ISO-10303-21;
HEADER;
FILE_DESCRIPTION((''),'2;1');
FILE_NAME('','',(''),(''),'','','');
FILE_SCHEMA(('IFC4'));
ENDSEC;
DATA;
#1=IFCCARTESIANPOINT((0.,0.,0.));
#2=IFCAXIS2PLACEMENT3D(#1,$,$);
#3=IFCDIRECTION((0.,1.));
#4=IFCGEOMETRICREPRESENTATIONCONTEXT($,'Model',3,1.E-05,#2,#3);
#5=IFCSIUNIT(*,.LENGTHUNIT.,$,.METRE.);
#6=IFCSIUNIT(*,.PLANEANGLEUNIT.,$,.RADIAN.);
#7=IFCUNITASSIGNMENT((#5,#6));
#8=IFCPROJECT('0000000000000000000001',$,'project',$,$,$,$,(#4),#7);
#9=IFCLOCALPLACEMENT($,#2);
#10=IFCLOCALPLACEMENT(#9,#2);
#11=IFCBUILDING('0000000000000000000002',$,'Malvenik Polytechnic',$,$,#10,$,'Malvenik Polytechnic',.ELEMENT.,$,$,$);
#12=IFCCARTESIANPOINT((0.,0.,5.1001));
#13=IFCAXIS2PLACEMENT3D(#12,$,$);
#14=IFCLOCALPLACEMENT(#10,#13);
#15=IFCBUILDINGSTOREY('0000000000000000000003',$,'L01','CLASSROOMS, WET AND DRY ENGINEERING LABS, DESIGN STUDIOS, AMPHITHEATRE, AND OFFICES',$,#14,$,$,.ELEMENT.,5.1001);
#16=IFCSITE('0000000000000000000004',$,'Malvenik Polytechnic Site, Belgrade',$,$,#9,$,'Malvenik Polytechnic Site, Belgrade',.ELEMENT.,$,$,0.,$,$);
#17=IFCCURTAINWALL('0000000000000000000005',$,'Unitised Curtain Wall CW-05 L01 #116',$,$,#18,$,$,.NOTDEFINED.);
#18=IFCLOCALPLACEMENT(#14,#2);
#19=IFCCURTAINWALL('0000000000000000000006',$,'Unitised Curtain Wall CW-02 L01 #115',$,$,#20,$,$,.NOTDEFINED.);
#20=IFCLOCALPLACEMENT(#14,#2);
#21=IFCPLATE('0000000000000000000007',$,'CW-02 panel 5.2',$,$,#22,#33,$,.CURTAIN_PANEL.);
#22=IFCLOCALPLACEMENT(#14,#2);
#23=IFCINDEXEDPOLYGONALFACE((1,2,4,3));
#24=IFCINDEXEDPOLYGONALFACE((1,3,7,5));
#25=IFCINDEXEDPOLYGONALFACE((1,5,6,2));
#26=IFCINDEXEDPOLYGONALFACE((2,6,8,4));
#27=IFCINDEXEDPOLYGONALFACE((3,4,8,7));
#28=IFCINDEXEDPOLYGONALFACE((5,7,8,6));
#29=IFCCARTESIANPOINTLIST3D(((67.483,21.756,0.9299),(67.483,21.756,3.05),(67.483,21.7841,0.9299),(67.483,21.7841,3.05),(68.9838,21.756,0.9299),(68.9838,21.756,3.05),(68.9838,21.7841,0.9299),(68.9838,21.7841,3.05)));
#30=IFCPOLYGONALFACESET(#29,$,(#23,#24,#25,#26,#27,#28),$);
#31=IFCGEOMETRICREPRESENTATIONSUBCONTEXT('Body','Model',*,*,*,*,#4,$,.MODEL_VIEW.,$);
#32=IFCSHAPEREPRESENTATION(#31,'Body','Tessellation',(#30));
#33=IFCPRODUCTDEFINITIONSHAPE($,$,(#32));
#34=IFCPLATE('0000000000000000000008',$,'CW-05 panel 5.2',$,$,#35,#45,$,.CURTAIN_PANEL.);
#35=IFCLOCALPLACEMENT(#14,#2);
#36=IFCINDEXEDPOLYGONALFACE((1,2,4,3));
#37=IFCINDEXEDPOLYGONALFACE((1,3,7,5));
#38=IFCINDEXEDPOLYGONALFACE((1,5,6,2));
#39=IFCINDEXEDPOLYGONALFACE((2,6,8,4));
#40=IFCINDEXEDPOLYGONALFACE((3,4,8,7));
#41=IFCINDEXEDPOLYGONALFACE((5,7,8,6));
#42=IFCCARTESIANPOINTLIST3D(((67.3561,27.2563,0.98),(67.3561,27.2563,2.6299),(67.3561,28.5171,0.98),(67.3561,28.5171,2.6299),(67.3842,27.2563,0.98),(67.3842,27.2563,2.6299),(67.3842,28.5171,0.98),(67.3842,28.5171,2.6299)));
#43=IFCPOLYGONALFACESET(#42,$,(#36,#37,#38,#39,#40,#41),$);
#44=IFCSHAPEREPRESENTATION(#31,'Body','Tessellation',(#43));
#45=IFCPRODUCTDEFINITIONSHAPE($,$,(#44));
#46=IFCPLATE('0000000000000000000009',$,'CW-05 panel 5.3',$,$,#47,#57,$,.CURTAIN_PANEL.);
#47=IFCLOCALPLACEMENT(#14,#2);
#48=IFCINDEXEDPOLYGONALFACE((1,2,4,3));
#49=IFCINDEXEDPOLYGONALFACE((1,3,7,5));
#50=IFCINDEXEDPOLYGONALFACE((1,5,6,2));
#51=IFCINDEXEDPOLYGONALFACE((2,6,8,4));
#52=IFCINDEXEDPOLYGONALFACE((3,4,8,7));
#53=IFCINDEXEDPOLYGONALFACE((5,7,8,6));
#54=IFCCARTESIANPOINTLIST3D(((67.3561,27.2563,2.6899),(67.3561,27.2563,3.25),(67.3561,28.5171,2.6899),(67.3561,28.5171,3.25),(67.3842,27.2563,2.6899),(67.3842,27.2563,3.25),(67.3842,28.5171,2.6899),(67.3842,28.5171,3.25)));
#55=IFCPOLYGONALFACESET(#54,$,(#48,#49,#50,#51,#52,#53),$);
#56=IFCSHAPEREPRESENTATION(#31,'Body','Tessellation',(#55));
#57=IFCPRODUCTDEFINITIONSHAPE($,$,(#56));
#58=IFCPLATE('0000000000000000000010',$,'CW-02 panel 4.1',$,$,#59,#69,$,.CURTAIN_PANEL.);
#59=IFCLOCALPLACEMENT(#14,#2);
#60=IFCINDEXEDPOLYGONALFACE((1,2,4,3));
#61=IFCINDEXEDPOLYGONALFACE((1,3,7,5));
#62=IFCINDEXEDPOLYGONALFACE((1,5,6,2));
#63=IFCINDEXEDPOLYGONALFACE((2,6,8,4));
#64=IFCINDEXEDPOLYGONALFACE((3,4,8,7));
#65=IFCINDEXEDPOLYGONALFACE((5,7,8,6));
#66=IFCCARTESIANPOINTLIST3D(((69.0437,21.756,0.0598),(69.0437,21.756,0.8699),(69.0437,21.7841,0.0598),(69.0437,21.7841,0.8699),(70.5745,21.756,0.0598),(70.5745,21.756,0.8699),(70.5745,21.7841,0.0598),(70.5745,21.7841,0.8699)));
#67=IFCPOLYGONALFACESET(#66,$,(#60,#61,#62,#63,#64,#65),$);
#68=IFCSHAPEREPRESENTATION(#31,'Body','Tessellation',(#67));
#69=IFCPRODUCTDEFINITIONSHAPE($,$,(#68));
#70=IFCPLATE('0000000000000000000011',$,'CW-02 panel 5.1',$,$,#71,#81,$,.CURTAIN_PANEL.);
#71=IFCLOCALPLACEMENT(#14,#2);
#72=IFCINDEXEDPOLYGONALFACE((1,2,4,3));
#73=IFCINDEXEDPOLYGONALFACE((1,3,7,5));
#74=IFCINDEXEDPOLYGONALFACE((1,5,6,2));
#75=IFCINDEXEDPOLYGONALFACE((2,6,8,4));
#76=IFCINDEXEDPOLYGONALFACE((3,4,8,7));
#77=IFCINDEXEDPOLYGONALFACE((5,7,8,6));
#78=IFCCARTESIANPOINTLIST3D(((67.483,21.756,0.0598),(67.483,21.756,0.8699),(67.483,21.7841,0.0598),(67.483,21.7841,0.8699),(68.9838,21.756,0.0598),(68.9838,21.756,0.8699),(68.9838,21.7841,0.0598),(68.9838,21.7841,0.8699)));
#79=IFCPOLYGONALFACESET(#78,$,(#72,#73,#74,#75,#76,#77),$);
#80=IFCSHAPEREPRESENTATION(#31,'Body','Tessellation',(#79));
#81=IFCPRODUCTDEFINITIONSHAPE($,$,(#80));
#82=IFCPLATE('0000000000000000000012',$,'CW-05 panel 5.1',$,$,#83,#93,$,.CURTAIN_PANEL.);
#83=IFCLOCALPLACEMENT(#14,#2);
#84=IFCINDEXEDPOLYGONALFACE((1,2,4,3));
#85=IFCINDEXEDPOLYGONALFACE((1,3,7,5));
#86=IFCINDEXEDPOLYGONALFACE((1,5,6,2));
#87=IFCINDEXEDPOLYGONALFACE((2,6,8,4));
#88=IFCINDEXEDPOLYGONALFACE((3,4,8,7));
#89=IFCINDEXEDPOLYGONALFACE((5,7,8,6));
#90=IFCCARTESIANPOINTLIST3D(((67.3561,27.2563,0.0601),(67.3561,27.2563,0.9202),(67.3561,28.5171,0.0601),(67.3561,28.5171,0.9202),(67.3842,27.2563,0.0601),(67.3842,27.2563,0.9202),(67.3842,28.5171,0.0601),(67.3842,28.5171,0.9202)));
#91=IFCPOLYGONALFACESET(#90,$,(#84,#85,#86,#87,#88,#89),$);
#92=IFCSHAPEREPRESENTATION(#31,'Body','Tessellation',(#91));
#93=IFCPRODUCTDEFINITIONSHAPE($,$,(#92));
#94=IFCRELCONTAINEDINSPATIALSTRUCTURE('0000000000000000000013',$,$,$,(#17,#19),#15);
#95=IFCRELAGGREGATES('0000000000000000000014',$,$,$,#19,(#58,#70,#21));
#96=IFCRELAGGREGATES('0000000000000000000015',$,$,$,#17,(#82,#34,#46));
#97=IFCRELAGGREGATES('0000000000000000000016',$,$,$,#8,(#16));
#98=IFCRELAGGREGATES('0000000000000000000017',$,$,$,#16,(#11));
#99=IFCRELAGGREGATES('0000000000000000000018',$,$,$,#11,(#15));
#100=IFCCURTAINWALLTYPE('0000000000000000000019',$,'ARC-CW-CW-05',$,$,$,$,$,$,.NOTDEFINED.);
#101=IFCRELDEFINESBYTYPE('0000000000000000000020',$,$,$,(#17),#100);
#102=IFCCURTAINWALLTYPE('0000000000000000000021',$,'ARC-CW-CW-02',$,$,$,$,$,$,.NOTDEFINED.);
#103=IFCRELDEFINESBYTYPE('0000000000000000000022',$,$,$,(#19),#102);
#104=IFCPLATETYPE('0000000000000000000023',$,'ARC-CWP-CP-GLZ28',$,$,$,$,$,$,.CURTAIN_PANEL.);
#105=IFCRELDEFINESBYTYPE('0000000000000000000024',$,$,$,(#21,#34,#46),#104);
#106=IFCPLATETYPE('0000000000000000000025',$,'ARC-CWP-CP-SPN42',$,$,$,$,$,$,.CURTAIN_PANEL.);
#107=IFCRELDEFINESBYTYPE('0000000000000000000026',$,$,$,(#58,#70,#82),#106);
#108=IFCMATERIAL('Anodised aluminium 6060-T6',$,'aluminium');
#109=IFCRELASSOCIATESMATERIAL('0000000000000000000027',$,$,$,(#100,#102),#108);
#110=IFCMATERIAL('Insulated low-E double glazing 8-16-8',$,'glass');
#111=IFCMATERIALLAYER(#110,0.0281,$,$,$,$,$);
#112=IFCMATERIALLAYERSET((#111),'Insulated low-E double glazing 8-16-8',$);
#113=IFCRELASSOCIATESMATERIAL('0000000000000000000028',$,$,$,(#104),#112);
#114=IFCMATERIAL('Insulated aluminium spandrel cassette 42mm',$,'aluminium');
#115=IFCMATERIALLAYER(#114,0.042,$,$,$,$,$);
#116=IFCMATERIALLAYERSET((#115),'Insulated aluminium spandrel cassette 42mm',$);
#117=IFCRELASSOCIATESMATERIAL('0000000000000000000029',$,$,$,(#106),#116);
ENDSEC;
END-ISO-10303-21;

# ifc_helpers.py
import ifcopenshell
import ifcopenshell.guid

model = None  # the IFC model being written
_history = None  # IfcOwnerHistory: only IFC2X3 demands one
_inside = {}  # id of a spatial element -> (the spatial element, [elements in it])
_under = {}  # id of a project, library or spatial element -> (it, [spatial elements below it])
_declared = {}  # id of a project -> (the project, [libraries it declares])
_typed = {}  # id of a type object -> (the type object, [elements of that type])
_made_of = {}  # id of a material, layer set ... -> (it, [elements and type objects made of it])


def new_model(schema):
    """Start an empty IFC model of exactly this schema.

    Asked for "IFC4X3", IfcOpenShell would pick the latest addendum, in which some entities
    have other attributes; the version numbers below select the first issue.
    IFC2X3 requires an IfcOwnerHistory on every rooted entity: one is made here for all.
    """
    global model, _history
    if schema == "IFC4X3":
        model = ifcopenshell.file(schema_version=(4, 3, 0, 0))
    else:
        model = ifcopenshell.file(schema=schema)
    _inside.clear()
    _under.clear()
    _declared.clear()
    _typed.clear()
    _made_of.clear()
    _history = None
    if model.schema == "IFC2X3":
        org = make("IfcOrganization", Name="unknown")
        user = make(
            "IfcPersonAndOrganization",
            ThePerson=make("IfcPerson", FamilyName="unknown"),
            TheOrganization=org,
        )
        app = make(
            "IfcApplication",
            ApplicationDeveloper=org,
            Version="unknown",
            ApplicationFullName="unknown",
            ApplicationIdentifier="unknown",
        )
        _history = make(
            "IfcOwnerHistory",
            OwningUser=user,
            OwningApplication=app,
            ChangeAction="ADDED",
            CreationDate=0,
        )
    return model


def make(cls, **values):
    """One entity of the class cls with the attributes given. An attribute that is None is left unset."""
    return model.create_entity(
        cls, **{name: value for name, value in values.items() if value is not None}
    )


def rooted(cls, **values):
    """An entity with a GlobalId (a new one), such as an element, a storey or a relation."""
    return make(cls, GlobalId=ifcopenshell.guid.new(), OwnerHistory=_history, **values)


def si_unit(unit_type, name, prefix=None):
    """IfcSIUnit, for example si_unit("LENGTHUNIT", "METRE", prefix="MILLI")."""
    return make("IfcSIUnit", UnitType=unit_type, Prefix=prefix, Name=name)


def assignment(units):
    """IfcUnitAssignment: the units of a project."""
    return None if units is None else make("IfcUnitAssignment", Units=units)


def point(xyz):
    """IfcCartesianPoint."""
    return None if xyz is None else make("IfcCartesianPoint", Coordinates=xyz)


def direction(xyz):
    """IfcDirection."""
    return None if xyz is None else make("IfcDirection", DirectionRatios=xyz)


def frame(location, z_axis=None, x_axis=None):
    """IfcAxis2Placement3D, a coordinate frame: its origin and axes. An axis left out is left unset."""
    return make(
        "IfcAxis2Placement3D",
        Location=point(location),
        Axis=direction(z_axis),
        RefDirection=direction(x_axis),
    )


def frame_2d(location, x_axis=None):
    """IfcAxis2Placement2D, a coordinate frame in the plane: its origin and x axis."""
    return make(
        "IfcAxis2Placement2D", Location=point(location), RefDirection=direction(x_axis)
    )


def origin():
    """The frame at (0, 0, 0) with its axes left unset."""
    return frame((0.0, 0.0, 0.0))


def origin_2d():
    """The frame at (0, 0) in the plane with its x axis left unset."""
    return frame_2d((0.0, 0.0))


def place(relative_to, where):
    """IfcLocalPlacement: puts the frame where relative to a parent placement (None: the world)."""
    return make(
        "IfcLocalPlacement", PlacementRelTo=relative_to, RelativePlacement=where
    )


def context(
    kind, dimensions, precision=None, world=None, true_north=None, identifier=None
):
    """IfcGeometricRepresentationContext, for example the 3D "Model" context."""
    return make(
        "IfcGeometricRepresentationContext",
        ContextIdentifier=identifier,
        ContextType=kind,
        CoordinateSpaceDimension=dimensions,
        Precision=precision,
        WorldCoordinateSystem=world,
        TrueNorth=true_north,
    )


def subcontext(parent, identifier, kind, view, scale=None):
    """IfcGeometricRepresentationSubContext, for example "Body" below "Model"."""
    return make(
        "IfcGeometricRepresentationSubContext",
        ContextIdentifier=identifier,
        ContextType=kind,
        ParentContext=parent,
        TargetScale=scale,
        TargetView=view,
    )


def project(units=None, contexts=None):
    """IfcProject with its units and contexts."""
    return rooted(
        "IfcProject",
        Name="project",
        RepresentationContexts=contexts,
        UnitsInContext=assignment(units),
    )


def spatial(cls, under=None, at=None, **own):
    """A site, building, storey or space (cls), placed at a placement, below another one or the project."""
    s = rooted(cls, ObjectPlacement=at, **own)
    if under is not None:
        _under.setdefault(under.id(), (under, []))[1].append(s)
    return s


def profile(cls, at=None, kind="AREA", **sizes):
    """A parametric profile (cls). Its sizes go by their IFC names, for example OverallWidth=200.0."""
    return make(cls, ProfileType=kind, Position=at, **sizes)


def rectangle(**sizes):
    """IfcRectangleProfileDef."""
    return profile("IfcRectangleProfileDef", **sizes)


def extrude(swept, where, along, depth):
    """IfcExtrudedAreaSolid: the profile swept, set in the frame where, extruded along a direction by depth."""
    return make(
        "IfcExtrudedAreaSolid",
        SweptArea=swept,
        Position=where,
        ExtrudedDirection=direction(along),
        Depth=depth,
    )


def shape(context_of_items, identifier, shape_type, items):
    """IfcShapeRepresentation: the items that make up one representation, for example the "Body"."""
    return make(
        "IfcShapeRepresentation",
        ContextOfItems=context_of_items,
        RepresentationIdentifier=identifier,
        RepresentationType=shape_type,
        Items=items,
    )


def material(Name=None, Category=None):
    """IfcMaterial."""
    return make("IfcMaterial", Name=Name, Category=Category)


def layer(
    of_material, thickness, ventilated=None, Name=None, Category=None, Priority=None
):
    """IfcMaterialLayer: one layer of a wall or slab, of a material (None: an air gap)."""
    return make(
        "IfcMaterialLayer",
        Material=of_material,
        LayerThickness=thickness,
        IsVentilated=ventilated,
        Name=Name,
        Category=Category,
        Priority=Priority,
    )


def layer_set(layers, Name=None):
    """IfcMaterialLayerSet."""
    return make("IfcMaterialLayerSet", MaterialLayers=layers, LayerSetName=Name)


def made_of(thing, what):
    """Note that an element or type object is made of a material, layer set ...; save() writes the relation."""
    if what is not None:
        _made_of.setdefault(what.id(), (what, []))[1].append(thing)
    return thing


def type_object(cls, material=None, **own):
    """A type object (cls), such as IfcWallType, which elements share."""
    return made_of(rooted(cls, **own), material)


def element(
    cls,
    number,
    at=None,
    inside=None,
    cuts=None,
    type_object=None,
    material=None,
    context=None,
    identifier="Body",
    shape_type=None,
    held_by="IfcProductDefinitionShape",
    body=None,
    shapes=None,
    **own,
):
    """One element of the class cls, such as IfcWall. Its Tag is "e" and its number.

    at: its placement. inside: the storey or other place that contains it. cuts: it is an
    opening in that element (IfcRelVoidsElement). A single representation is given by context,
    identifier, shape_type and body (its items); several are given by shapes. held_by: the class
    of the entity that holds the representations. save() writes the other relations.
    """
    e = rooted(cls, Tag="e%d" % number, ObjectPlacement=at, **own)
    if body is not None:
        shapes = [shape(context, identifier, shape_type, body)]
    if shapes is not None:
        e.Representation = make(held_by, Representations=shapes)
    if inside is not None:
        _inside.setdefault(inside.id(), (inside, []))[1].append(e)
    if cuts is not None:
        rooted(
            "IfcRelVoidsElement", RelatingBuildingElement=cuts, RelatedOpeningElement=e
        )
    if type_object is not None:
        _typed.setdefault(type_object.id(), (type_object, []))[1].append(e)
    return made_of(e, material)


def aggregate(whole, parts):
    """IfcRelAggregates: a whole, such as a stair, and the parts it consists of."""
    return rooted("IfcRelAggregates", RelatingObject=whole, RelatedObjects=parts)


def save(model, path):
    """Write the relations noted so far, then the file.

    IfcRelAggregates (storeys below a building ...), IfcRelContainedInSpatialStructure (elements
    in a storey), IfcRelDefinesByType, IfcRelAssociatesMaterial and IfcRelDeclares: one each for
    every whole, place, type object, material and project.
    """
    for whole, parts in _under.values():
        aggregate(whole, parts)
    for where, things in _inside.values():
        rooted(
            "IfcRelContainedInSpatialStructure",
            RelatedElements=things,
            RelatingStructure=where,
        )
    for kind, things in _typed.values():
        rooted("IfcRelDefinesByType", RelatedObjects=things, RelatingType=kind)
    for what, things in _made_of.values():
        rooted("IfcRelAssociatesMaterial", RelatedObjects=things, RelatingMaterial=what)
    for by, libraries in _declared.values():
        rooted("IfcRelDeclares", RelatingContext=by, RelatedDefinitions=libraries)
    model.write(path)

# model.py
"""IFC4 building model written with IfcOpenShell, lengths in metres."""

from ifc_helpers import new_model, si_unit, direction, frame, origin, origin_2d, place, context, subcontext, project, spatial, rectangle, extrude, material, layer, layer_set, type_object, element, aggregate, save


model = new_model("IFC4")

# Units and contexts
model_context = context("Model", 3, precision=1e-05, world=origin(), true_north=direction((0.0, 1.0)))
body_context = subcontext(model_context, "Body", "Model", "MODEL_VIEW")
ifc_project = project(units=[si_unit("LENGTHUNIT", "METRE"), si_unit("PLANEANGLEUNIT", "RADIAN")], contexts=[model_context])

# Site, building, storey
site_placement = place(None, origin())
site = spatial("IfcSite", under=ifc_project, at=site_placement, Name="Malvenik Polytechnic Site, Belgrade", LongName="Malvenik Polytechnic Site, Belgrade", CompositionType="ELEMENT", RefElevation=0.0)
building_placement = place(site_placement, origin())
building = spatial("IfcBuilding", under=site, at=building_placement, Name="Malvenik Polytechnic", LongName="Malvenik Polytechnic", CompositionType="ELEMENT")
storey_placement = place(building_placement, frame((0.0, 0.0, 5.1001)))
storey = spatial("IfcBuildingStorey", under=building, at=storey_placement, Name="L01", Description="CLASSROOMS, WET AND DRY ENGINEERING LABS, DESIGN STUDIOS, AMPHITHEATRE, AND OFFICES", CompositionType="ELEMENT", Elevation=5.1001)

# Curtain wall
ifc_material_1 = material(Name="Anodised aluminium 6060-T6", Category="aluminium")
curtain_wall_type_1 = type_object("IfcCurtainWallType", Name="ARC-CW-CW-05", PredefinedType="NOTDEFINED", material=ifc_material_1)
curtain_wall_1_placement = place(storey_placement, origin())
curtain_wall_1 = element("IfcCurtainWall", 1, at=curtain_wall_1_placement, inside=storey, type_object=curtain_wall_type_1, Name="Unitised Curtain Wall CW-05 L01 #116", PredefinedType="NOTDEFINED")

# Curtain wall
curtain_wall_type_2 = type_object("IfcCurtainWallType", Name="ARC-CW-CW-02", PredefinedType="NOTDEFINED", material=ifc_material_1)
curtain_wall_2_placement = place(storey_placement, origin())
curtain_wall_2 = element("IfcCurtainWall", 2, at=curtain_wall_2_placement, inside=storey, type_object=curtain_wall_type_2, Name="Unitised Curtain Wall CW-02 L01 #115", PredefinedType="NOTDEFINED")

# Plates
ifc_material_2 = material(Name="Insulated low-E double glazing 8-16-8", Category="glass")
ifc_layer_1 = layer(ifc_material_2, 0.0281)
ifc_layer_set_1 = layer_set([ifc_layer_1], Name="Insulated low-E double glazing 8-16-8")
plate_type_1 = type_object("IfcPlateType", Name="ARC-CWP-CP-GLZ28", PredefinedType="CURTAIN_PANEL", material=ifc_layer_set_1)
plate_1_placement = place(storey_placement, frame((68.2334, 21.77, 0.9299), z_axis=(0.0, 0.0, 1.0), x_axis=(-1.0, 0.0, 0.0)))
plate_1 = element("IfcPlate", 3, at=plate_1_placement, type_object=plate_type_1, Name="CW-02 panel 5.2", PredefinedType="CURTAIN_PANEL", context=body_context, shape_type="SweptSolid", body=[
    extrude(rectangle(XDim=1.5007, YDim=0.0281, at=origin_2d()), origin(), (0.0, 0.0, 1.0), 2.1201),
])
plate_2_placement = place(storey_placement, frame((67.3701, 27.8867, 0.98), z_axis=(0.0, 0.0, 1.0), x_axis=(0.0, 1.0, 0.0)))
plate_2 = element("IfcPlate", 4, at=plate_2_placement, type_object=plate_type_1, Name="CW-05 panel 5.2", PredefinedType="CURTAIN_PANEL", context=body_context, shape_type="SweptSolid", body=[
    extrude(rectangle(XDim=1.2607, YDim=0.0281, at=origin_2d()), origin(), (0.0, 0.0, 1.0), 1.6499),
])
plate_3_placement = place(storey_placement, frame((67.3701, 27.8867, 2.6899), z_axis=(0.0, 0.0, 1.0), x_axis=(0.0, 1.0, 0.0)))
plate_3 = element("IfcPlate", 5, at=plate_3_placement, type_object=plate_type_1, Name="CW-05 panel 5.3", PredefinedType="CURTAIN_PANEL", context=body_context, shape_type="SweptSolid", body=[
    extrude(rectangle(XDim=1.2607, YDim=0.0281, at=origin_2d()), origin(), (0.0, 0.0, 1.0), 0.5601),
])
ifc_material_3 = material(Name="Insulated aluminium spandrel cassette 42mm", Category="aluminium")
ifc_layer_2 = layer(ifc_material_3, 0.042)
ifc_layer_set_2 = layer_set([ifc_layer_2], Name="Insulated aluminium spandrel cassette 42mm")
plate_type_2 = type_object("IfcPlateType", Name="ARC-CWP-CP-SPN42", PredefinedType="CURTAIN_PANEL", material=ifc_layer_set_2)
plate_4_placement = place(storey_placement, frame((69.8091, 21.77, 0.0598), z_axis=(0.0, 0.0, 1.0), x_axis=(-1.0, 0.0, 0.0)))
plate_4 = element("IfcPlate", 6, at=plate_4_placement, type_object=plate_type_2, Name="CW-02 panel 4.1", PredefinedType="CURTAIN_PANEL", context=body_context, shape_type="SweptSolid", body=[
    extrude(rectangle(XDim=1.5308, YDim=0.0281, at=origin_2d()), origin(), (0.0, 0.0, 1.0), 0.8101),
])
plate_5_placement = place(storey_placement, frame((68.2334, 21.77, 0.0598), z_axis=(0.0, 0.0, 1.0), x_axis=(-1.0, 0.0, 0.0)))
plate_5 = element("IfcPlate", 7, at=plate_5_placement, type_object=plate_type_2, Name="CW-02 panel 5.1", PredefinedType="CURTAIN_PANEL", context=body_context, shape_type="SweptSolid", body=[
    extrude(rectangle(XDim=1.5007, YDim=0.0281, at=origin_2d()), origin(), (0.0, 0.0, 1.0), 0.8101),
])
aggregate(curtain_wall_2, [plate_4, plate_5, plate_1])
plate_6_placement = place(storey_placement, frame((67.3701, 27.8867, 0.0601), z_axis=(0.0, 0.0, 1.0), x_axis=(0.0, 1.0, 0.0)))
plate_6 = element("IfcPlate", 8, at=plate_6_placement, type_object=plate_type_2, Name="CW-05 panel 5.1", PredefinedType="CURTAIN_PANEL", context=body_context, shape_type="SweptSolid", body=[
    extrude(rectangle(XDim=1.2607, YDim=0.0281, at=origin_2d()), origin(), (0.0, 0.0, 1.0), 0.8601),
])
aggregate(curtain_wall_1, [plate_6, plate_2, plate_3])

save(model, "model.ifc")
